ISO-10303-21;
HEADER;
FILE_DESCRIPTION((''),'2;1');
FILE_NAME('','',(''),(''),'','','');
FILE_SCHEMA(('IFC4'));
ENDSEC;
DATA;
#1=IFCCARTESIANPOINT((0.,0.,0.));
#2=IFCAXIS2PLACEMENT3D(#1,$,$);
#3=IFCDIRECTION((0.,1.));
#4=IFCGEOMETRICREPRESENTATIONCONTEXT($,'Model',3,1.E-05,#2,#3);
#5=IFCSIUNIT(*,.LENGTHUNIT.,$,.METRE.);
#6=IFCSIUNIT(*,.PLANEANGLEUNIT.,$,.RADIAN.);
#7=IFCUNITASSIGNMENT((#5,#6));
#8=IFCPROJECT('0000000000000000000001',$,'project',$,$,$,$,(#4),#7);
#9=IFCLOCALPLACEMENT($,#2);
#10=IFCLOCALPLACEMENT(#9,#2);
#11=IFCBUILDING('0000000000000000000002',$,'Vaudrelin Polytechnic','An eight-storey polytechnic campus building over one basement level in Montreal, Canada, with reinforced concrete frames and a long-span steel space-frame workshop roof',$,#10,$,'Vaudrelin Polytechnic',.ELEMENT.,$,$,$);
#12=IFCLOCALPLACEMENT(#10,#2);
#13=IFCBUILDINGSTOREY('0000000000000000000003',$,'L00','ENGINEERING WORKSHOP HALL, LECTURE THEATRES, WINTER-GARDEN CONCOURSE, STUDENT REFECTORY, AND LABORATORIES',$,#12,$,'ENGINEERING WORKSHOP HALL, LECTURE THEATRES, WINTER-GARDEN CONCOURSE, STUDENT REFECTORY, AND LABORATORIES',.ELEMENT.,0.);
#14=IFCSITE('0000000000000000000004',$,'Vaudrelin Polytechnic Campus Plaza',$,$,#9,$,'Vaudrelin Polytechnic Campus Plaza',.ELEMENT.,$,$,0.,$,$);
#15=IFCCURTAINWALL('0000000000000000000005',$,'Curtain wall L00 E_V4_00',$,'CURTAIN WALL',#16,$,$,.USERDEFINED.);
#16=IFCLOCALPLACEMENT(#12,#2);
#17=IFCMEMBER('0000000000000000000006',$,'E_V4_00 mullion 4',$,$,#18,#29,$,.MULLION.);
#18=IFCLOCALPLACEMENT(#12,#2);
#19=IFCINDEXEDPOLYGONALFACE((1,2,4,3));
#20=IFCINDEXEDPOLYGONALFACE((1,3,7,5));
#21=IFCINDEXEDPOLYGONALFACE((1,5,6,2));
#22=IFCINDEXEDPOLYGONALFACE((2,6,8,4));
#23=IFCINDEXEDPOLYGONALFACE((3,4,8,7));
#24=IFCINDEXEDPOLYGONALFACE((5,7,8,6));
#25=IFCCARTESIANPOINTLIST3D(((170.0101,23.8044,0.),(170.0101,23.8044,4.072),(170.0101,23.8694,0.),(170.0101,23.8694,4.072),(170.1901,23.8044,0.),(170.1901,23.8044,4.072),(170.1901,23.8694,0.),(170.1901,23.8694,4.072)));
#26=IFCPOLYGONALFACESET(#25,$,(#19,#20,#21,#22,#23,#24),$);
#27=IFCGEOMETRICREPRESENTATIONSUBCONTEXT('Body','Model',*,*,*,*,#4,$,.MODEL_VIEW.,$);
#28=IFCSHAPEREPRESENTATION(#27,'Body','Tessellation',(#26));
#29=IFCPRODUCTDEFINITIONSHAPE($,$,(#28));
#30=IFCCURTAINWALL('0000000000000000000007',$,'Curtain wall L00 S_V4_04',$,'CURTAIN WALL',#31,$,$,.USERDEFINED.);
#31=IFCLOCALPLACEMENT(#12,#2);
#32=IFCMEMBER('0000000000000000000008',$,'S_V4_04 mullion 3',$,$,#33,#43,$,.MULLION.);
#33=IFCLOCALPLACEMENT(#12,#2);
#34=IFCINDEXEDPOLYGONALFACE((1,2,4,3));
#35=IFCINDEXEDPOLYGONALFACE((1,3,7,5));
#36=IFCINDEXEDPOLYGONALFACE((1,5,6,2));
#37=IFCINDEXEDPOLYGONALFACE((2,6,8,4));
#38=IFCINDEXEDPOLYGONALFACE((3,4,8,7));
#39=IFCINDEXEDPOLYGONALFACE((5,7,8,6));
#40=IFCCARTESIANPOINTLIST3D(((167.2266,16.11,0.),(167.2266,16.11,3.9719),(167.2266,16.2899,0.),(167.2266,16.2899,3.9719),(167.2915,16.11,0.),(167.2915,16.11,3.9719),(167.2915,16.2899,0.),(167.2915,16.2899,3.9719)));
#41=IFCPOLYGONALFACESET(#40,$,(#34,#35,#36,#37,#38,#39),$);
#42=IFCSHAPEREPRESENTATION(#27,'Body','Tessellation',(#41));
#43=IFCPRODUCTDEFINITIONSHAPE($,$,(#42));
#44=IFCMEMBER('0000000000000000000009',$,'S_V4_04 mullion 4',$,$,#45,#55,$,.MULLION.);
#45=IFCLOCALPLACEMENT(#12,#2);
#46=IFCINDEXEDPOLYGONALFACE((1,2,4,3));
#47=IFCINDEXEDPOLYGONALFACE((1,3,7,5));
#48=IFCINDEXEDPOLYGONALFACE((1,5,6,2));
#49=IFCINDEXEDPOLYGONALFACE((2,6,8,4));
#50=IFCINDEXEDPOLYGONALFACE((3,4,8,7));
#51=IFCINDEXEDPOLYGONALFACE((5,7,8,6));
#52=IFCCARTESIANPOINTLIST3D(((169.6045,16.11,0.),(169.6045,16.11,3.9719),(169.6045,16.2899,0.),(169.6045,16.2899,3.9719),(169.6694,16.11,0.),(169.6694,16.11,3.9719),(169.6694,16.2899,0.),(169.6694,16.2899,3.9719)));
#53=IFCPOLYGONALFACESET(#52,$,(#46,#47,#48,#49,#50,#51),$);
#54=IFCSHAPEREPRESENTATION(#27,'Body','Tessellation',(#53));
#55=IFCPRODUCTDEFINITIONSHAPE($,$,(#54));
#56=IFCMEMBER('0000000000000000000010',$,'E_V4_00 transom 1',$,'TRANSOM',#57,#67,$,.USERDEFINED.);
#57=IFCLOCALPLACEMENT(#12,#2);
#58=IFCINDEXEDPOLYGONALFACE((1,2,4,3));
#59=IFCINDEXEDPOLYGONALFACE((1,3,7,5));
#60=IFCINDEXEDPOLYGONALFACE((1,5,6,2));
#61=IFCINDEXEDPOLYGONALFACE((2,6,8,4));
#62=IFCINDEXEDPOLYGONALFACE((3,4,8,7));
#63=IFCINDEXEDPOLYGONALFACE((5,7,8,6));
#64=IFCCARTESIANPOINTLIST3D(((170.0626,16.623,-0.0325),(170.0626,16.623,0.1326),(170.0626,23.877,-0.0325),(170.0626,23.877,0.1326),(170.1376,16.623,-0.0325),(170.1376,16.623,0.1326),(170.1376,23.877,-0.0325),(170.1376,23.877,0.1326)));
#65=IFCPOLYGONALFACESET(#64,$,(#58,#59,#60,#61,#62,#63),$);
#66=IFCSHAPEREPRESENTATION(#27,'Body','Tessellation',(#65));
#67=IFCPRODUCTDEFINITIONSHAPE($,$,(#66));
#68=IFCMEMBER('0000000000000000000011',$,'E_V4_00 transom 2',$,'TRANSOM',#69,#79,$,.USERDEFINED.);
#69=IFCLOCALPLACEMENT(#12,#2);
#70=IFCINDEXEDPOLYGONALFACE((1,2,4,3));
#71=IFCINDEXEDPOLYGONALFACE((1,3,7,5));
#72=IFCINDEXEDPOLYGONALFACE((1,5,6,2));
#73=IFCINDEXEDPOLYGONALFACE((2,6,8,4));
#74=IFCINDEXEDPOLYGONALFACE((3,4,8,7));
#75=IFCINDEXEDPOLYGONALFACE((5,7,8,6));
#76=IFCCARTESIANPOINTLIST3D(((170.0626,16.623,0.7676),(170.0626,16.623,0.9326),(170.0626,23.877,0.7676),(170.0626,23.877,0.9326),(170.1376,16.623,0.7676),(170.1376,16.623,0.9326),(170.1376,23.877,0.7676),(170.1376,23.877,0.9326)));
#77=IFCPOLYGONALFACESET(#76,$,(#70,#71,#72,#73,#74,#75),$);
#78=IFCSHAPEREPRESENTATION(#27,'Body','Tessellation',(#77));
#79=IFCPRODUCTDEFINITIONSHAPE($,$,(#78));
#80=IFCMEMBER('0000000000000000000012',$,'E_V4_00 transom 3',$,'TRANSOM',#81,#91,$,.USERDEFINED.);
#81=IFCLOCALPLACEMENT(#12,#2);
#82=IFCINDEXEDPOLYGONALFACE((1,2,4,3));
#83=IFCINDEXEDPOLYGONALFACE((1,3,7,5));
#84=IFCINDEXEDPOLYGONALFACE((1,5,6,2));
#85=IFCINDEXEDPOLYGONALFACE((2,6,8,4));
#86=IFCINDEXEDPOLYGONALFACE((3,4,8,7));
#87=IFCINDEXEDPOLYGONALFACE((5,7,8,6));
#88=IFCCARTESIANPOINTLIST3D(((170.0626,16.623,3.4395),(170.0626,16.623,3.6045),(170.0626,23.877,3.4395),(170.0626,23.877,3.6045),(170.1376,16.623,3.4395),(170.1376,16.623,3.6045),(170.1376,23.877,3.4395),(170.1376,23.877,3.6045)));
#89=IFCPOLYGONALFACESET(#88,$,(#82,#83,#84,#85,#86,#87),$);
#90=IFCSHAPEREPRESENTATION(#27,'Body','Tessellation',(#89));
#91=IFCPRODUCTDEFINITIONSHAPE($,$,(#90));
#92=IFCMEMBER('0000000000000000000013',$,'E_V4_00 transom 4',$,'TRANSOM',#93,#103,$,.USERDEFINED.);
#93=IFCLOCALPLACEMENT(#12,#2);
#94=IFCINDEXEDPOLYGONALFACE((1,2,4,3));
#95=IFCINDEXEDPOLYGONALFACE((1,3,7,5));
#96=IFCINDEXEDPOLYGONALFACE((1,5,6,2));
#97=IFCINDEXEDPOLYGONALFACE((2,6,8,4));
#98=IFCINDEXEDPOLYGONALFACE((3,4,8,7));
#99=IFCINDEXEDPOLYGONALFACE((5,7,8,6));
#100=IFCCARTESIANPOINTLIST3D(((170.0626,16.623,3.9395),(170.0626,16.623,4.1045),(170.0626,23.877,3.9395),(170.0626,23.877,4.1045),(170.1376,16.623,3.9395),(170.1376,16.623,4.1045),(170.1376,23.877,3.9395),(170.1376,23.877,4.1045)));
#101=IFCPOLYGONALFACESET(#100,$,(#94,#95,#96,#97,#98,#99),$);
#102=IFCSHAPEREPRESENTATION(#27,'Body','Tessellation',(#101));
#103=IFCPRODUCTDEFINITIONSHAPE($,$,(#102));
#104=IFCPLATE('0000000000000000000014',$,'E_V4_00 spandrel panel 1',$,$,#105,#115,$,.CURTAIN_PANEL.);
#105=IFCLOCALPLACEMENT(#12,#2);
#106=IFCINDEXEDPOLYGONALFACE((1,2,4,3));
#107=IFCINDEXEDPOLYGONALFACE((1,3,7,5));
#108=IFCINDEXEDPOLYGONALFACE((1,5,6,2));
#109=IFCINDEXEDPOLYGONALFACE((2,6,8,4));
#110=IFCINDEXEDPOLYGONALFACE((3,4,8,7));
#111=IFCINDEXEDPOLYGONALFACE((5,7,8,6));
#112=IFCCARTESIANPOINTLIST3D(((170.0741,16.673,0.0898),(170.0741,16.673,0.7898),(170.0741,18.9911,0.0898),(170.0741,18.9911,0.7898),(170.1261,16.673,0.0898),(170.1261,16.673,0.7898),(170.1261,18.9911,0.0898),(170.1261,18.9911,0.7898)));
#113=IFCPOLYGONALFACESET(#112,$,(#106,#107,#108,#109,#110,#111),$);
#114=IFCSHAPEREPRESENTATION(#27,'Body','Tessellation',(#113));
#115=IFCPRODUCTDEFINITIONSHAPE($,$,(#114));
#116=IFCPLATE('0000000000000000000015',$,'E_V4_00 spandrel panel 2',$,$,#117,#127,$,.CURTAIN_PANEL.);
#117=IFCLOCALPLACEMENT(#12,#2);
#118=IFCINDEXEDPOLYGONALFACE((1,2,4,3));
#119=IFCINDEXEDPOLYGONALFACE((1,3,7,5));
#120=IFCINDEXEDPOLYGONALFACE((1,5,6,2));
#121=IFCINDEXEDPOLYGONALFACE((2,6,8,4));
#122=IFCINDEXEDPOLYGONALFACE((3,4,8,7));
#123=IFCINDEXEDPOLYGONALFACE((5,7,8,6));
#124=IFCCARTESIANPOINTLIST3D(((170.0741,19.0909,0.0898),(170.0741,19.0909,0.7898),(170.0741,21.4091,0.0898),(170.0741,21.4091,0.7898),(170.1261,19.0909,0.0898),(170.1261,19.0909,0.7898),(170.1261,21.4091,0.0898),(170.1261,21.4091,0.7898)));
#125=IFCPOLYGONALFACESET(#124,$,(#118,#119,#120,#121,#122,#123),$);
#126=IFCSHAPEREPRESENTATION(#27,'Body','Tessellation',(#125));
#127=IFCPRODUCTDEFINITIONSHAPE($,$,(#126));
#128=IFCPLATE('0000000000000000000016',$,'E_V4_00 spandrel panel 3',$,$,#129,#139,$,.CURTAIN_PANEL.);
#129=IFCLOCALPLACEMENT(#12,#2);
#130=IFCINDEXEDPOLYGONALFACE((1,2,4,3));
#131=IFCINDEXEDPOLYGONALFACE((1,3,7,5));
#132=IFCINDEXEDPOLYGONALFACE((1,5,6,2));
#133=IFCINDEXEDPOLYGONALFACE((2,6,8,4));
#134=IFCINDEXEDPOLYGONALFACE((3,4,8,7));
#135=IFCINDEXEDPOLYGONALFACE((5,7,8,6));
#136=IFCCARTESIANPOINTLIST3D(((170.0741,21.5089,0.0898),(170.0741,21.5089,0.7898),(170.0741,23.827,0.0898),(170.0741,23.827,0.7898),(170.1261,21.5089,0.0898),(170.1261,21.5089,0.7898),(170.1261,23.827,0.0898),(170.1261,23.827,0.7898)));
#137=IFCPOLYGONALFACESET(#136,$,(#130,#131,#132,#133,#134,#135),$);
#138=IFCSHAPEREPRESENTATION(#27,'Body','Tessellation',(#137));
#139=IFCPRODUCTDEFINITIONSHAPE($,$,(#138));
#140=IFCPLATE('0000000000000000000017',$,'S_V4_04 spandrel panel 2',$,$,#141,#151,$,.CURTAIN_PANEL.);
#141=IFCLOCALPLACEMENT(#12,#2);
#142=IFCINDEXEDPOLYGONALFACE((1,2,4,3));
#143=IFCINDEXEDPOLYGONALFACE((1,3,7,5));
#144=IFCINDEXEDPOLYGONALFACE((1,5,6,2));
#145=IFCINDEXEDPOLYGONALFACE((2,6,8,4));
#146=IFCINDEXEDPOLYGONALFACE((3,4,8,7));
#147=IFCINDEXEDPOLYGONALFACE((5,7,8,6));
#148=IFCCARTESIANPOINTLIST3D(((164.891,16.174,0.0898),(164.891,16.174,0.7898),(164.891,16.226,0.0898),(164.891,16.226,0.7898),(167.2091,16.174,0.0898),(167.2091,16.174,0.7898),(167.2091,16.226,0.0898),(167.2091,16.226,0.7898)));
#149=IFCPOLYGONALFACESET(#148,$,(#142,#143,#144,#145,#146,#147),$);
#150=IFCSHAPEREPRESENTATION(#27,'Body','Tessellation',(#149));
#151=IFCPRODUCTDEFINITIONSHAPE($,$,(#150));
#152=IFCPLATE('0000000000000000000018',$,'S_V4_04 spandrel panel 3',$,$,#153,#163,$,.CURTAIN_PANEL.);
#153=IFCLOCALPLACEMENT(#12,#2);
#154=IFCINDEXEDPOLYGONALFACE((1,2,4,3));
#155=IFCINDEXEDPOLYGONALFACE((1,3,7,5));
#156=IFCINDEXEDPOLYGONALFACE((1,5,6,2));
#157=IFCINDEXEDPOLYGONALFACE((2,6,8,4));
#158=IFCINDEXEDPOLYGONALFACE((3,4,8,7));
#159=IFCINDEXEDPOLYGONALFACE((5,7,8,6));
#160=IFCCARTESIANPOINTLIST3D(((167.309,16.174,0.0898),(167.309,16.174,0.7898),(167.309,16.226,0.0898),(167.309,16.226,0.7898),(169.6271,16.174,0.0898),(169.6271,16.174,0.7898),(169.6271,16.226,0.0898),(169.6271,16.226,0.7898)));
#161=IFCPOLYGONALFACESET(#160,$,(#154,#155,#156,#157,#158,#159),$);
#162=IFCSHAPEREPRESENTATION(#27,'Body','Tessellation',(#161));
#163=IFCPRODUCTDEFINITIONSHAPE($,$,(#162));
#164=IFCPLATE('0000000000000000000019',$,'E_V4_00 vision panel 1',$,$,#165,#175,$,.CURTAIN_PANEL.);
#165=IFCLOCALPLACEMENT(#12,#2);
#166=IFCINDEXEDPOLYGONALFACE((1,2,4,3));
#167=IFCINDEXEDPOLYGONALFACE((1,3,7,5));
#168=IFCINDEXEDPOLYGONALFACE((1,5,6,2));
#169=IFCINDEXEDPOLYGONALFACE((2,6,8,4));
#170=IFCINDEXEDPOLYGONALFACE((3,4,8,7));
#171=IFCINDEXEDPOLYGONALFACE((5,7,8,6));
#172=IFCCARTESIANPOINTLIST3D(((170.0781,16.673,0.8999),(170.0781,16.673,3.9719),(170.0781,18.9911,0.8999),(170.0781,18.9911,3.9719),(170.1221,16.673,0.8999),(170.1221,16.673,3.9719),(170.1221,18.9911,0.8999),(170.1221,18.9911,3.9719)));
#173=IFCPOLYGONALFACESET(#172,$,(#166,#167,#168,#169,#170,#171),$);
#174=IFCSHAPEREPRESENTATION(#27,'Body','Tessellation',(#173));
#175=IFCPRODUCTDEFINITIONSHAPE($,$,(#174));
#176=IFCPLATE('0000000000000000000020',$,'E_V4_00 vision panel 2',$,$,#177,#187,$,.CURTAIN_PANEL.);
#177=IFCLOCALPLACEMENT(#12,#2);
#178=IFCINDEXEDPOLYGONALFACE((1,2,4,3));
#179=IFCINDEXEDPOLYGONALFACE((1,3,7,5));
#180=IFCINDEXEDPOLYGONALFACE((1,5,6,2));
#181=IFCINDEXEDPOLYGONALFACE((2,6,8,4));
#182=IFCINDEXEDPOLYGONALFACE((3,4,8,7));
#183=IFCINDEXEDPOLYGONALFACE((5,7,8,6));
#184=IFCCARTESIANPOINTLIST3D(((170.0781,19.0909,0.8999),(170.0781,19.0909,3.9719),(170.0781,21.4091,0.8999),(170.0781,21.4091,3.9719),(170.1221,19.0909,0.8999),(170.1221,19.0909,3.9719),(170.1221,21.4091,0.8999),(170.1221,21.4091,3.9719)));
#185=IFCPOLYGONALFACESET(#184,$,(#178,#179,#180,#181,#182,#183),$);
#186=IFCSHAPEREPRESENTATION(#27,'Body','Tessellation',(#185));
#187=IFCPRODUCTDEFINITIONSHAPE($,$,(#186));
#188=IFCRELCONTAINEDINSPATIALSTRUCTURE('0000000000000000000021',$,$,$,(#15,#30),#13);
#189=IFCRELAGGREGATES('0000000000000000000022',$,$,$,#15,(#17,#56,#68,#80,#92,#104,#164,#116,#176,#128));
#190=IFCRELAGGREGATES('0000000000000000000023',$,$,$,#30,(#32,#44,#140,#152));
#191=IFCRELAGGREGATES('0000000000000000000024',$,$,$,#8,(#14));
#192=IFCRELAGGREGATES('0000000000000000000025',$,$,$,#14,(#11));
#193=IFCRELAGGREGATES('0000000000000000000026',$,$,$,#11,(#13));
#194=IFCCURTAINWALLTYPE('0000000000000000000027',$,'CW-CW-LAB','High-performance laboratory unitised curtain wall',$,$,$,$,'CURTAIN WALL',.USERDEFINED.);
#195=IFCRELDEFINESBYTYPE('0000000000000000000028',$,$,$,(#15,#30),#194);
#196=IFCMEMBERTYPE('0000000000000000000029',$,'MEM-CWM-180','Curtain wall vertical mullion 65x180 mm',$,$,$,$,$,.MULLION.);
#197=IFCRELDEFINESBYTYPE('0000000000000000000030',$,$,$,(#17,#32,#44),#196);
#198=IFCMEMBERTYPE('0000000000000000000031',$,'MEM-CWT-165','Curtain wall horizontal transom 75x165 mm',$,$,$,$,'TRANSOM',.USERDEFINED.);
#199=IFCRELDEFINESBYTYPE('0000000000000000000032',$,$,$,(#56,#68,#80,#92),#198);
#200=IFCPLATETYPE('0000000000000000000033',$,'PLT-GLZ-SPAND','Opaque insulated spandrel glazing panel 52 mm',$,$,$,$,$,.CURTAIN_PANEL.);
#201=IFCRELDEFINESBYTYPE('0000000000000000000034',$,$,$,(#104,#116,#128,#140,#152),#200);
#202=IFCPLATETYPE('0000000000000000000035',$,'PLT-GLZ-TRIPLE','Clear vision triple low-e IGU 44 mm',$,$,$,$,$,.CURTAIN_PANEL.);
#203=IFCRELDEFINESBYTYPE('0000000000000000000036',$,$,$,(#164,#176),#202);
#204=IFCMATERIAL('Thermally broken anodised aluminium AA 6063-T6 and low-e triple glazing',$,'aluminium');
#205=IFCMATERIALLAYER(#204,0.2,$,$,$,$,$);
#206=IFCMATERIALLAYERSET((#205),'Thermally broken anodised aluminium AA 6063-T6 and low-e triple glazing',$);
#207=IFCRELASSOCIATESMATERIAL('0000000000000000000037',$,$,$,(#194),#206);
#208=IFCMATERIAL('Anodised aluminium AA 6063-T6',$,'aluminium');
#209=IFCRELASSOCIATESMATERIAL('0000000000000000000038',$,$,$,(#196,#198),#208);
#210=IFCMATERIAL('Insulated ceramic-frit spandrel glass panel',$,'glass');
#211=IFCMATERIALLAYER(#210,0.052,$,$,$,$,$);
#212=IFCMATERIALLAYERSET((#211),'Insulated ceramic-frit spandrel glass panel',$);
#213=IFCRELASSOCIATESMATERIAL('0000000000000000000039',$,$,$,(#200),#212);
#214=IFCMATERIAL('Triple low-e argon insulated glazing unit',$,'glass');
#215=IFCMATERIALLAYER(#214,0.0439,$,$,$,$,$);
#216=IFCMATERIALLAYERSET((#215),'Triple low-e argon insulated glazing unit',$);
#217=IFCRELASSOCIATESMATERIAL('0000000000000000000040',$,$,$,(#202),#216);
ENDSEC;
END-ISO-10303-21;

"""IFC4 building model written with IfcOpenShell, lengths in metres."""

from ifc_helpers import new_model, si_unit, direction, frame, origin, origin_2d, place, context, subcontext, project, spatial, rectangle, extrude, material, layer, layer_set, material_profile, profile_set, type_object, element, aggregate, save


model = new_model("IFC4")

# Units and contexts
model_context = context("Model", 3, precision=1e-05, world=origin(), true_north=direction((0.0, 1.0)))
body_context = subcontext(model_context, "Body", "Model", "MODEL_VIEW")
ifc_project = project(units=[si_unit("LENGTHUNIT", "METRE"), si_unit("PLANEANGLEUNIT", "RADIAN")], contexts=[model_context])

# Site, building, storey
site_placement = place(None, origin())
site = spatial("IfcSite", under=ifc_project, at=site_placement, Name="Vaudrelin Polytechnic Campus Plaza", LongName="Vaudrelin Polytechnic Campus Plaza", CompositionType="ELEMENT", RefElevation=0.0)
building_placement = place(site_placement, origin())
building = spatial("IfcBuilding", under=site, at=building_placement, Name="Vaudrelin Polytechnic", Description="An eight-storey polytechnic campus building over one basement level in Montreal, Canada, with reinforced concrete frames and a long-span steel space-frame workshop roof", LongName="Vaudrelin Polytechnic", CompositionType="ELEMENT")
storey_placement = place(building_placement, origin())
storey = spatial("IfcBuildingStorey", under=building, at=storey_placement, Name="L00", Description="ENGINEERING WORKSHOP HALL, LECTURE THEATRES, WINTER-GARDEN CONCOURSE, STUDENT REFECTORY, AND LABORATORIES", LongName="ENGINEERING WORKSHOP HALL, LECTURE THEATRES, WINTER-GARDEN CONCOURSE, STUDENT REFECTORY, AND LABORATORIES", CompositionType="ELEMENT", Elevation=0.0)

# Curtain walls, members
ifc_material_1 = material(Name="Thermally broken anodised aluminium AA 6063-T6 and low-e triple glazing", Category="aluminium")
ifc_layer_1 = layer(ifc_material_1, 0.2)
ifc_layer_set_1 = layer_set([ifc_layer_1], Name="Thermally broken anodised aluminium AA 6063-T6 and low-e triple glazing")
curtain_wall_type = type_object("IfcCurtainWallType", Name="CW-CW-LAB", Description="High-performance laboratory unitised curtain wall", ElementType="CURTAIN WALL", PredefinedType="USERDEFINED", material=ifc_layer_set_1)
curtain_wall_1_placement = place(storey_placement, origin())
curtain_wall_1 = element("IfcCurtainWall", 1, at=curtain_wall_1_placement, inside=storey, type_object=curtain_wall_type, Name="Curtain wall L00 E_V4_00", ObjectType="CURTAIN WALL", PredefinedType="USERDEFINED")
ifc_material_2 = material(Name="Anodised aluminium AA 6063-T6", Category="aluminium")
ifc_material_profile_1 = material_profile(ifc_material_2, rectangle(XDim=0.0649, YDim=0.1799, at=origin_2d()), Name="CWM-65x180")
ifc_profile_set_1 = profile_set([ifc_material_profile_1], Name="Anodised aluminium AA 6063-T6")
member_type_1 = type_object("IfcMemberType", Name="MEM-CWM-180", Description="Curtain wall vertical mullion 65x180 mm", PredefinedType="MULLION", material=ifc_profile_set_1)
member_1_placement = place(storey_placement, frame((170.1001, 23.8369, 0.0), z_axis=(0.0, 0.0, 1.0), x_axis=(0.0, 1.0, 0.0)))
member_1 = element("IfcMember", 2, at=member_1_placement, type_object=member_type_1, Name="E_V4_00 mullion 4", PredefinedType="MULLION", context=body_context, shape_type="SweptSolid", body=[
    extrude(rectangle(XDim=0.0649, YDim=0.1799, at=origin_2d()), origin(), (0.0, 0.0, 1.0), 4.072),
])
curtain_wall_2_placement = place(storey_placement, origin())
curtain_wall_2 = element("IfcCurtainWall", 3, at=curtain_wall_2_placement, inside=storey, type_object=curtain_wall_type, Name="Curtain wall L00 S_V4_04", ObjectType="CURTAIN WALL", PredefinedType="USERDEFINED")
member_2_placement = place(storey_placement, frame((167.259, 16.2, 0.0), z_axis=(0.0, 0.0, 1.0), x_axis=(1.0, 0.0, 0.0)))
member_2 = element("IfcMember", 4, at=member_2_placement, type_object=member_type_1, Name="S_V4_04 mullion 3", PredefinedType="MULLION", context=body_context, shape_type="SweptSolid", body=[
    extrude(rectangle(XDim=0.0649, YDim=0.1799, at=origin_2d()), origin(), (0.0, 0.0, 1.0), 3.9719),
])
member_3_placement = place(storey_placement, frame((169.637, 16.2, 0.0), z_axis=(0.0, 0.0, 1.0), x_axis=(1.0, 0.0, 0.0)))
member_3 = element("IfcMember", 5, at=member_3_placement, type_object=member_type_1, Name="S_V4_04 mullion 4", PredefinedType="MULLION", context=body_context, shape_type="SweptSolid", body=[
    extrude(rectangle(XDim=0.0649, YDim=0.1799, at=origin_2d()), origin(), (0.0, 0.0, 1.0), 3.9719),
])

# Members
ifc_material_profile_2 = material_profile(ifc_material_2, rectangle(XDim=0.075, YDim=0.165, at=origin_2d()), Name="CWT-75x165")
ifc_profile_set_2 = profile_set([ifc_material_profile_2], Name="Anodised aluminium AA 6063-T6")
member_type_2 = type_object("IfcMemberType", Name="MEM-CWT-165", Description="Curtain wall horizontal transom 75x165 mm", ElementType="TRANSOM", PredefinedType="USERDEFINED", material=ifc_profile_set_2)
member_4_placement = place(storey_placement, frame((170.1001, 16.623, 0.05), z_axis=(0.0, 1.0, 0.0), x_axis=(-1.0, 0.0, 0.0)))
member_4 = element("IfcMember", 6, at=member_4_placement, type_object=member_type_2, Name="E_V4_00 transom 1", ObjectType="TRANSOM", PredefinedType="USERDEFINED", context=body_context, shape_type="SweptSolid", body=[
    extrude(rectangle(XDim=0.075, YDim=0.165, at=origin_2d()), origin(), (0.0, 0.0, 1.0), 7.2539),
])
member_5_placement = place(storey_placement, frame((170.1001, 16.623, 0.8501), z_axis=(0.0, 1.0, 0.0), x_axis=(-1.0, 0.0, 0.0)))
member_5 = element("IfcMember", 7, at=member_5_placement, type_object=member_type_2, Name="E_V4_00 transom 2", ObjectType="TRANSOM", PredefinedType="USERDEFINED", context=body_context, shape_type="SweptSolid", body=[
    extrude(rectangle(XDim=0.075, YDim=0.165, at=origin_2d()), origin(), (0.0, 0.0, 1.0), 7.2539),
])
member_6_placement = place(storey_placement, frame((170.1001, 16.623, 3.522), z_axis=(0.0, 1.0, 0.0), x_axis=(-1.0, 0.0, 0.0)))
member_6 = element("IfcMember", 8, at=member_6_placement, type_object=member_type_2, Name="E_V4_00 transom 3", ObjectType="TRANSOM", PredefinedType="USERDEFINED", context=body_context, shape_type="SweptSolid", body=[
    extrude(rectangle(XDim=0.075, YDim=0.165, at=origin_2d()), origin(), (0.0, 0.0, 1.0), 7.2539),
])
member_7_placement = place(storey_placement, frame((170.1001, 16.623, 4.022), z_axis=(0.0, 1.0, 0.0), x_axis=(-1.0, 0.0, 0.0)))
member_7 = element("IfcMember", 9, at=member_7_placement, type_object=member_type_2, Name="E_V4_00 transom 4", ObjectType="TRANSOM", PredefinedType="USERDEFINED", context=body_context, shape_type="SweptSolid", body=[
    extrude(rectangle(XDim=0.075, YDim=0.165, at=origin_2d()), origin(), (0.0, 0.0, 1.0), 7.2539),
])

# Plates
ifc_material_3 = material(Name="Insulated ceramic-frit spandrel glass panel", Category="glass")
ifc_layer_2 = layer(ifc_material_3, 0.052)
ifc_layer_set_2 = layer_set([ifc_layer_2], Name="Insulated ceramic-frit spandrel glass panel")
plate_type_1 = type_object("IfcPlateType", Name="PLT-GLZ-SPAND", Description="Opaque insulated spandrel glazing panel 52 mm", PredefinedType="CURTAIN_PANEL", material=ifc_layer_set_2)
plate_1_placement = place(storey_placement, frame((170.1001, 17.832, 0.0898), z_axis=(0.0, 0.0, 1.0), x_axis=(0.0, 1.0, 0.0)))
plate_1 = element("IfcPlate", 10, at=plate_1_placement, type_object=plate_type_1, Name="E_V4_00 spandrel panel 1", PredefinedType="CURTAIN_PANEL", context=body_context, shape_type="SweptSolid", body=[
    extrude(rectangle(XDim=2.3181, YDim=0.052, at=origin_2d()), origin(), (0.0, 0.0, 1.0), 0.7),
])
plate_2_placement = place(storey_placement, frame((170.1001, 20.25, 0.0898), z_axis=(0.0, 0.0, 1.0), x_axis=(0.0, 1.0, 0.0)))
plate_2 = element("IfcPlate", 11, at=plate_2_placement, type_object=plate_type_1, Name="E_V4_00 spandrel panel 2", PredefinedType="CURTAIN_PANEL", context=body_context, shape_type="SweptSolid", body=[
    extrude(rectangle(XDim=2.3181, YDim=0.052, at=origin_2d()), origin(), (0.0, 0.0, 1.0), 0.7),
])
plate_3_placement = place(storey_placement, frame((170.1001, 22.668, 0.0898), z_axis=(0.0, 0.0, 1.0), x_axis=(0.0, 1.0, 0.0)))
plate_3 = element("IfcPlate", 12, at=plate_3_placement, type_object=plate_type_1, Name="E_V4_00 spandrel panel 3", PredefinedType="CURTAIN_PANEL", context=body_context, shape_type="SweptSolid", body=[
    extrude(rectangle(XDim=2.3181, YDim=0.052, at=origin_2d()), origin(), (0.0, 0.0, 1.0), 0.7),
])
plate_4_placement = place(storey_placement, frame((166.05, 16.2, 0.0898), z_axis=(0.0, 0.0, 1.0), x_axis=(1.0, 0.0, 0.0)))
plate_4 = element("IfcPlate", 13, at=plate_4_placement, type_object=plate_type_1, Name="S_V4_04 spandrel panel 2", PredefinedType="CURTAIN_PANEL", context=body_context, shape_type="SweptSolid", body=[
    extrude(rectangle(XDim=2.3181, YDim=0.052, at=origin_2d()), origin(), (0.0, 0.0, 1.0), 0.7),
])
plate_5_placement = place(storey_placement, frame((168.468, 16.2, 0.0898), z_axis=(0.0, 0.0, 1.0), x_axis=(1.0, 0.0, 0.0)))
plate_5 = element("IfcPlate", 14, at=plate_5_placement, type_object=plate_type_1, Name="S_V4_04 spandrel panel 3", PredefinedType="CURTAIN_PANEL", context=body_context, shape_type="SweptSolid", body=[
    extrude(rectangle(XDim=2.3181, YDim=0.052, at=origin_2d()), origin(), (0.0, 0.0, 1.0), 0.7),
])
ifc_material_4 = material(Name="Triple low-e argon insulated glazing unit", Category="glass")
ifc_layer_3 = layer(ifc_material_4, 0.0439)
ifc_layer_set_3 = layer_set([ifc_layer_3], Name="Triple low-e argon insulated glazing unit")
plate_type_2 = type_object("IfcPlateType", Name="PLT-GLZ-TRIPLE", Description="Clear vision triple low-e IGU 44 mm", PredefinedType="CURTAIN_PANEL", material=ifc_layer_set_3)
plate_6_placement = place(storey_placement, frame((170.1001, 17.832, 0.8999), z_axis=(0.0, 0.0, 1.0), x_axis=(0.0, 1.0, 0.0)))
plate_6 = element("IfcPlate", 15, at=plate_6_placement, type_object=plate_type_2, Name="E_V4_00 vision panel 1", PredefinedType="CURTAIN_PANEL", context=body_context, shape_type="SweptSolid", body=[
    extrude(rectangle(XDim=2.3181, YDim=0.0439, at=origin_2d()), origin(), (0.0, 0.0, 1.0), 3.072),
])
plate_7_placement = place(storey_placement, frame((170.1001, 20.25, 0.8999), z_axis=(0.0, 0.0, 1.0), x_axis=(0.0, 1.0, 0.0)))
plate_7 = element("IfcPlate", 16, at=plate_7_placement, type_object=plate_type_2, Name="E_V4_00 vision panel 2", PredefinedType="CURTAIN_PANEL", context=body_context, shape_type="SweptSolid", body=[
    extrude(rectangle(XDim=2.3181, YDim=0.0439, at=origin_2d()), origin(), (0.0, 0.0, 1.0), 3.072),
])
aggregate(curtain_wall_1, [member_1, member_4, member_5, member_6, member_7, plate_1, plate_6, plate_2, plate_7, plate_3])
aggregate(curtain_wall_2, [member_2, member_3, plate_4, plate_5])

save(model, "model.ifc")
